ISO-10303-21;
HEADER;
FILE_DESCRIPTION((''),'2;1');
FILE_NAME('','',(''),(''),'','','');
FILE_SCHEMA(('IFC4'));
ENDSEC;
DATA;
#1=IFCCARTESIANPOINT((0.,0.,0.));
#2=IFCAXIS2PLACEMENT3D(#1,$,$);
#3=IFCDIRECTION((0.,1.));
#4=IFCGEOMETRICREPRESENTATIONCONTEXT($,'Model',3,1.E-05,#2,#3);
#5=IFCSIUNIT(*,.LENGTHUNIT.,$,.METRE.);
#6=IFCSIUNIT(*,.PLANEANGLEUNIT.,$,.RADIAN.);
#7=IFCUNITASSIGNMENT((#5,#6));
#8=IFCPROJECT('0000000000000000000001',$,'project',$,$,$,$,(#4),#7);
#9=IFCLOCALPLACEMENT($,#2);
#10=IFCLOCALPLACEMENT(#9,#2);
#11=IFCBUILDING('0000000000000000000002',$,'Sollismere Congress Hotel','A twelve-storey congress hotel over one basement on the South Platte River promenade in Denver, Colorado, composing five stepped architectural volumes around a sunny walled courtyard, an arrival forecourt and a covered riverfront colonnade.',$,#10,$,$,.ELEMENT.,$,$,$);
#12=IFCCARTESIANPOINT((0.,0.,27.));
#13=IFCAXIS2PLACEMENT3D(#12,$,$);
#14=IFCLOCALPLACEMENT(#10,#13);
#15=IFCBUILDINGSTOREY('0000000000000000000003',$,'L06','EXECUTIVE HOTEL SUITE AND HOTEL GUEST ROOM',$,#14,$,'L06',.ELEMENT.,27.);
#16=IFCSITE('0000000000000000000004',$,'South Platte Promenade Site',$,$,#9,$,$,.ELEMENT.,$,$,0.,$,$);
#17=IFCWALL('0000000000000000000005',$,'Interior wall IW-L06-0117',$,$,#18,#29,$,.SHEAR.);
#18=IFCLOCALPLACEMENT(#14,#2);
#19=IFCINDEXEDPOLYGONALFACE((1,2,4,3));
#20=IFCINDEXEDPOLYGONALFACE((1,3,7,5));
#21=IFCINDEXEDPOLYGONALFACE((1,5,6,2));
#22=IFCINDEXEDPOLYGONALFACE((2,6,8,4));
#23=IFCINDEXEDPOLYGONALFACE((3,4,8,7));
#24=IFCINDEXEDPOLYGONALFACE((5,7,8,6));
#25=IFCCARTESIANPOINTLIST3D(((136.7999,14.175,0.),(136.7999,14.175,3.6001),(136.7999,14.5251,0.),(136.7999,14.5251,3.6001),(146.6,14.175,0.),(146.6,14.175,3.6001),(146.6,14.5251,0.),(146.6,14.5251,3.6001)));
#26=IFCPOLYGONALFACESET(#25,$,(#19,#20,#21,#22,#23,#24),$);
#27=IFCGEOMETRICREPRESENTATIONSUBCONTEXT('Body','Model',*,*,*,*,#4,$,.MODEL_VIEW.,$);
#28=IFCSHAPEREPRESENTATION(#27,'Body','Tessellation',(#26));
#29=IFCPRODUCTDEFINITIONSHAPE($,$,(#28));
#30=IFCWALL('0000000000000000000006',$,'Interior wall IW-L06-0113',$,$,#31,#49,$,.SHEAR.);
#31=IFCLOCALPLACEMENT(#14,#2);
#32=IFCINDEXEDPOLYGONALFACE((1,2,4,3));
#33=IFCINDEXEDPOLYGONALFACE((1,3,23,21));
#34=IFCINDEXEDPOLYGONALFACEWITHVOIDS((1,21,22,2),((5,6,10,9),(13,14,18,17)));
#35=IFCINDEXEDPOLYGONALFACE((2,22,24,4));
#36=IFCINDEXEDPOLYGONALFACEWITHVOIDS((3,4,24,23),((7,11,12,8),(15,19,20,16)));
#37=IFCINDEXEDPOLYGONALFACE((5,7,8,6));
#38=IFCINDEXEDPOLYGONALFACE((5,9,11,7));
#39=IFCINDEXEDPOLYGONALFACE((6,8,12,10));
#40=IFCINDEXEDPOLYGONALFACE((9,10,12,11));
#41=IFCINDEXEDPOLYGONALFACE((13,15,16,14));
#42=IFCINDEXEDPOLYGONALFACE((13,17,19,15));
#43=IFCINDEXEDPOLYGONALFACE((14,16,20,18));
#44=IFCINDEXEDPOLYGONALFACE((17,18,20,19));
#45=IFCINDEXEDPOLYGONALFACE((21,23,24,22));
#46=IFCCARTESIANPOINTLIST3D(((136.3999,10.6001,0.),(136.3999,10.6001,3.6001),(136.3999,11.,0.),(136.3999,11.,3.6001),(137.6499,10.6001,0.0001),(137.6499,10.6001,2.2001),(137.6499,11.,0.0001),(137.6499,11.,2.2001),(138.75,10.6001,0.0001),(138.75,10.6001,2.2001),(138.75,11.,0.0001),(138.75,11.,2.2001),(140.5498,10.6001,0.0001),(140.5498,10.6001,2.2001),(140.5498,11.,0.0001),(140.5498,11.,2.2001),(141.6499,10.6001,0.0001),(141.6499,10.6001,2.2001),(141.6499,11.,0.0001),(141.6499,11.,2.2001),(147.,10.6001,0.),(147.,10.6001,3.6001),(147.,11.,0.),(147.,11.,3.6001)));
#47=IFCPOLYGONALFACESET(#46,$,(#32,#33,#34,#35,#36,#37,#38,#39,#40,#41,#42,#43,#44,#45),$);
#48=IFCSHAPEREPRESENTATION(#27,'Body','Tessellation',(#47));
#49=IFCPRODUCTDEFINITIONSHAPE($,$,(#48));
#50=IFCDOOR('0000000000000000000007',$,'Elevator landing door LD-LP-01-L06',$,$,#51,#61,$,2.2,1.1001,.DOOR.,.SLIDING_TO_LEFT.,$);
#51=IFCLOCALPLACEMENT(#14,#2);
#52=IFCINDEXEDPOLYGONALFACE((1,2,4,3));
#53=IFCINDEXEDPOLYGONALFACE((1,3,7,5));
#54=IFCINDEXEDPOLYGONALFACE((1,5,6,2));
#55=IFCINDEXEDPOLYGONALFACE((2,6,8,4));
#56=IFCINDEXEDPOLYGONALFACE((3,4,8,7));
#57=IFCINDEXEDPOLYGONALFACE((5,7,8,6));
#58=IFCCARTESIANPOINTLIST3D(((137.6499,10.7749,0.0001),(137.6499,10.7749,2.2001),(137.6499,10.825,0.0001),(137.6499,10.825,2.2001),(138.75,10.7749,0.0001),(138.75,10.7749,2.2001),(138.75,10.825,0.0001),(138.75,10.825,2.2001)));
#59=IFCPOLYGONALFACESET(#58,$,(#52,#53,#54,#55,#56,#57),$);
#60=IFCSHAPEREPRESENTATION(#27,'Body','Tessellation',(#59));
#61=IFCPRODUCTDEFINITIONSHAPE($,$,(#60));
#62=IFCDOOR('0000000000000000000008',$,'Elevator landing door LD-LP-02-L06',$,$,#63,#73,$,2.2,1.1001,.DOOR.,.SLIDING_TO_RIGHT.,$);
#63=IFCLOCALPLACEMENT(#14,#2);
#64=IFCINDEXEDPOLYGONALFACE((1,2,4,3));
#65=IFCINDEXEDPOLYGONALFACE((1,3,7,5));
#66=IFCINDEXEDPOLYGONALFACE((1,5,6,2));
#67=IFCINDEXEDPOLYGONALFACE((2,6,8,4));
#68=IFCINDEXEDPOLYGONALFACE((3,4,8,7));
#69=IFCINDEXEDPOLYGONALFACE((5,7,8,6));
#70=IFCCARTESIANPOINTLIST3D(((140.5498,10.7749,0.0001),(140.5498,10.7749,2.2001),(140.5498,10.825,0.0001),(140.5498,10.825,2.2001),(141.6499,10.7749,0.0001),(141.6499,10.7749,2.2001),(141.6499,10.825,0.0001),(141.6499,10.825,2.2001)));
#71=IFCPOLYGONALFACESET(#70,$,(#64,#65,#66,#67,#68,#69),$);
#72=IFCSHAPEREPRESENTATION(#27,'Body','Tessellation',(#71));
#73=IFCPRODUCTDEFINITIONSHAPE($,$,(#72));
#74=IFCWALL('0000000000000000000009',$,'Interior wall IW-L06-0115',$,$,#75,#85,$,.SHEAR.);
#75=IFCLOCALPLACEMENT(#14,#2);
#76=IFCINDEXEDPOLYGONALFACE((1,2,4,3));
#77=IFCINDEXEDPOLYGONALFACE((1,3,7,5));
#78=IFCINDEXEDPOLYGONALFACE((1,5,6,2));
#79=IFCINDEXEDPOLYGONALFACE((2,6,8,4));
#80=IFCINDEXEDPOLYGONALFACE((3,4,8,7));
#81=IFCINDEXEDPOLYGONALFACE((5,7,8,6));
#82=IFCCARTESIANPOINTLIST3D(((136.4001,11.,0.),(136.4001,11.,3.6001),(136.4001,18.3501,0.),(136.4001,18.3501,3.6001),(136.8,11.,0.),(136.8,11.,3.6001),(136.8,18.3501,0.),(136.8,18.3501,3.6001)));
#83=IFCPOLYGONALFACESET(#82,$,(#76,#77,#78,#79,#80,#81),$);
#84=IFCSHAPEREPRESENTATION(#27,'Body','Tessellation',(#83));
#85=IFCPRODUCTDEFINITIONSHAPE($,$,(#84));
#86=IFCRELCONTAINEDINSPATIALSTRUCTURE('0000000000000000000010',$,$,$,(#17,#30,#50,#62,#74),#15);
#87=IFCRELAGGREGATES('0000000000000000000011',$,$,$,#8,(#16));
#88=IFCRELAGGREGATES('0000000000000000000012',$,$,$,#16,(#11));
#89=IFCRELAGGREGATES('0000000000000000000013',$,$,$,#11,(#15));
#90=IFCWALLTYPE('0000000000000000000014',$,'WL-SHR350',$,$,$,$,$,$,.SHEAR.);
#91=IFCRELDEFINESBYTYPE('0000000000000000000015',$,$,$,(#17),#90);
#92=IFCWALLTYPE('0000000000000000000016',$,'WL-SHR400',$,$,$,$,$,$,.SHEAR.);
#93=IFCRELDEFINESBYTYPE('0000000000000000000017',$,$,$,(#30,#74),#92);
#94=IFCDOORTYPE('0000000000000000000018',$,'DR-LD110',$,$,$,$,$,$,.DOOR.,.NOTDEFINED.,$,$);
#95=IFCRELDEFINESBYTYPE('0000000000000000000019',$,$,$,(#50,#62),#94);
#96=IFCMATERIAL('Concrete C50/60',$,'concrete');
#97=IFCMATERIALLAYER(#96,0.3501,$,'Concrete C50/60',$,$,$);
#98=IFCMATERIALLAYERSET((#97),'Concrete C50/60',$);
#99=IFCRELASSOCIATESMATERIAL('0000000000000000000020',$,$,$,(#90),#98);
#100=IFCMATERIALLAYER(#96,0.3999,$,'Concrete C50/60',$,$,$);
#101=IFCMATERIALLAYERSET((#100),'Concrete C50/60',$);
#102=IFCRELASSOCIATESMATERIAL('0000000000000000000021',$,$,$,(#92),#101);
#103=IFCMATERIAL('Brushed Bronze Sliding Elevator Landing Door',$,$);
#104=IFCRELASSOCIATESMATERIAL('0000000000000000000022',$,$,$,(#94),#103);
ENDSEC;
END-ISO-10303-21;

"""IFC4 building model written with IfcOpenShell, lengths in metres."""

from ifc_helpers import new_model, si_unit, direction, frame, frame_2d, origin, place, context, subcontext, project, spatial, rectangle, extrude, material, layer, layer_set, type_object, element, fill, save


model = new_model("IFC4")

# Units and contexts
model_context = context("Model", 3, precision=1e-05, world=origin(), true_north=direction((0.0, 1.0)))
body_context = subcontext(model_context, "Body", "Model", "MODEL_VIEW")
ifc_project = project(units=[si_unit("LENGTHUNIT", "METRE"), si_unit("PLANEANGLEUNIT", "RADIAN")], contexts=[model_context])

# Site, building, storey
site_placement = place(None, origin())
site = spatial("IfcSite", under=ifc_project, at=site_placement, Name="South Platte Promenade Site", CompositionType="ELEMENT", RefElevation=0.0)
building_placement = place(site_placement, origin())
building = spatial("IfcBuilding", under=site, at=building_placement, Name="Sollismere Congress Hotel", Description="A twelve-storey congress hotel over one basement on the South Platte River promenade in Denver, Colorado, composing five stepped architectural volumes around a sunny walled courtyard, an arrival forecourt and a covered riverfront colonnade.", CompositionType="ELEMENT")
storey_placement = place(building_placement, frame((0.0, 0.0, 27.0)))
storey = spatial("IfcBuildingStorey", under=building, at=storey_placement, Name="L06", Description="EXECUTIVE HOTEL SUITE AND HOTEL GUEST ROOM", LongName="L06", CompositionType="ELEMENT", Elevation=27.0)

# Wall
ifc_material_1 = material(Name="Concrete C50/60", Category="concrete")
ifc_layer_1 = layer(ifc_material_1, 0.3501, Name="Concrete C50/60")
ifc_layer_set_1 = layer_set([ifc_layer_1], Name="Concrete C50/60")
wall_type_1 = type_object("IfcWallType", Name="WL-SHR350", PredefinedType="SHEAR", material=ifc_layer_set_1)
wall_1_placement = place(storey_placement, frame((136.8, 14.3501, 0.0), z_axis=(0.0, 0.0, 1.0), x_axis=(1.0, 0.0, 0.0)))
element("IfcWall", 1, at=wall_1_placement, inside=storey, type_object=wall_type_1, Name="Interior wall IW-L06-0117", PredefinedType="SHEAR", context=body_context, shape_type="SweptSolid", body=[
    extrude(rectangle(XDim=9.8, YDim=0.3501, at=frame_2d((4.8999, 0.0))), origin(), (0.0, 0.0, 1.0), 3.6001),
])

# Wall, openings, doors
ifc_layer_2 = layer(ifc_material_1, 0.3999, Name="Concrete C50/60")
ifc_layer_set_2 = layer_set([ifc_layer_2], Name="Concrete C50/60")
wall_type_2 = type_object("IfcWallType", Name="WL-SHR400", PredefinedType="SHEAR", material=ifc_layer_set_2)
wall_2_placement = place(storey_placement, frame((136.3999, 10.8, 0.0), z_axis=(0.0, 0.0, 1.0), x_axis=(1.0, 0.0, 0.0)))
wall_2 = element("IfcWall", 2, at=wall_2_placement, inside=storey, type_object=wall_type_2, Name="Interior wall IW-L06-0113", PredefinedType="SHEAR", context=body_context, shape_type="SweptSolid", body=[
    extrude(rectangle(XDim=10.6001, YDim=0.3999, at=frame_2d((5.3, 0.0))), origin(), (0.0, 0.0, 1.0), 3.6001),
])
opening_1_placement = place(wall_2_placement, frame((1.25, 0.0, 0.0)))
opening_1 = element("IfcOpeningElement", 3, at=opening_1_placement, cuts=wall_2, PredefinedType="OPENING", context=body_context, shape_type="SweptSolid", body=[
    extrude(rectangle(XDim=1.1001, YDim=2.2, at=frame_2d((0.55, 1.1001))), frame((0.0, 0.21, 0.0), z_axis=(0.0, -1.0, 0.0), x_axis=(1.0, 0.0, 0.0)), (0.0, 0.0, 1.0), 0.4199),
])
opening_2_placement = place(wall_2_placement, frame((4.1499, 0.0, 0.0)))
opening_2 = element("IfcOpeningElement", 4, at=opening_2_placement, cuts=wall_2, PredefinedType="OPENING", context=body_context, shape_type="SweptSolid", body=[
    extrude(rectangle(XDim=1.1001, YDim=2.2, at=frame_2d((0.55, 1.1001))), frame((0.0, 0.21, 0.0), z_axis=(0.0, -1.0, 0.0), x_axis=(1.0, 0.0, 0.0)), (0.0, 0.0, 1.0), 0.4199),
])
ifc_material_2 = material(Name="Brushed Bronze Sliding Elevator Landing Door")
door_type_1 = type_object("IfcDoorType", Name="DR-LD110", OperationType="NOTDEFINED", PredefinedType="DOOR", material=ifc_material_2)
door_1_placement = place(opening_1_placement, origin())
door_1 = element("IfcDoor", 5, at=door_1_placement, inside=storey, type_object=door_type_1, Name="Elevator landing door LD-LP-01-L06", OperationType="SLIDING_TO_LEFT", OverallHeight=2.2, OverallWidth=1.1001, PredefinedType="DOOR", context=body_context, shape_type="SweptSolid", body=[
    extrude(rectangle(XDim=1.1001, YDim=2.2, at=frame_2d((0.55, 1.1001))), frame((0.0, 0.0249, 0.0), z_axis=(0.0, -1.0, 0.0), x_axis=(1.0, 0.0, 0.0)), (0.0, 0.0, 1.0), 0.05),
])
fill(opening_1, door_1)
door_2_placement = place(opening_2_placement, origin())
door_2 = element("IfcDoor", 6, at=door_2_placement, inside=storey, type_object=door_type_1, Name="Elevator landing door LD-LP-02-L06", OperationType="SLIDING_TO_RIGHT", OverallHeight=2.2, OverallWidth=1.1001, PredefinedType="DOOR", context=body_context, shape_type="SweptSolid", body=[
    extrude(rectangle(XDim=1.1001, YDim=2.2, at=frame_2d((0.55, 1.1001))), frame((0.0, 0.0249, 0.0), z_axis=(0.0, -1.0, 0.0), x_axis=(1.0, 0.0, 0.0)), (0.0, 0.0, 1.0), 0.05),
])
fill(opening_2, door_2)

# Wall
wall_3_placement = place(storey_placement, frame((136.6001, 18.3501, 0.0), z_axis=(0.0, 0.0, 1.0), x_axis=(0.0, -1.0, 0.0)))
element("IfcWall", 7, at=wall_3_placement, inside=storey, type_object=wall_type_2, Name="Interior wall IW-L06-0115", PredefinedType="SHEAR", context=body_context, shape_type="SweptSolid", body=[
    extrude(rectangle(XDim=7.3501, YDim=0.3999, at=frame_2d((3.675, 0.0))), origin(), (0.0, 0.0, 1.0), 3.6001),
])

save(model, "model.ifc")
